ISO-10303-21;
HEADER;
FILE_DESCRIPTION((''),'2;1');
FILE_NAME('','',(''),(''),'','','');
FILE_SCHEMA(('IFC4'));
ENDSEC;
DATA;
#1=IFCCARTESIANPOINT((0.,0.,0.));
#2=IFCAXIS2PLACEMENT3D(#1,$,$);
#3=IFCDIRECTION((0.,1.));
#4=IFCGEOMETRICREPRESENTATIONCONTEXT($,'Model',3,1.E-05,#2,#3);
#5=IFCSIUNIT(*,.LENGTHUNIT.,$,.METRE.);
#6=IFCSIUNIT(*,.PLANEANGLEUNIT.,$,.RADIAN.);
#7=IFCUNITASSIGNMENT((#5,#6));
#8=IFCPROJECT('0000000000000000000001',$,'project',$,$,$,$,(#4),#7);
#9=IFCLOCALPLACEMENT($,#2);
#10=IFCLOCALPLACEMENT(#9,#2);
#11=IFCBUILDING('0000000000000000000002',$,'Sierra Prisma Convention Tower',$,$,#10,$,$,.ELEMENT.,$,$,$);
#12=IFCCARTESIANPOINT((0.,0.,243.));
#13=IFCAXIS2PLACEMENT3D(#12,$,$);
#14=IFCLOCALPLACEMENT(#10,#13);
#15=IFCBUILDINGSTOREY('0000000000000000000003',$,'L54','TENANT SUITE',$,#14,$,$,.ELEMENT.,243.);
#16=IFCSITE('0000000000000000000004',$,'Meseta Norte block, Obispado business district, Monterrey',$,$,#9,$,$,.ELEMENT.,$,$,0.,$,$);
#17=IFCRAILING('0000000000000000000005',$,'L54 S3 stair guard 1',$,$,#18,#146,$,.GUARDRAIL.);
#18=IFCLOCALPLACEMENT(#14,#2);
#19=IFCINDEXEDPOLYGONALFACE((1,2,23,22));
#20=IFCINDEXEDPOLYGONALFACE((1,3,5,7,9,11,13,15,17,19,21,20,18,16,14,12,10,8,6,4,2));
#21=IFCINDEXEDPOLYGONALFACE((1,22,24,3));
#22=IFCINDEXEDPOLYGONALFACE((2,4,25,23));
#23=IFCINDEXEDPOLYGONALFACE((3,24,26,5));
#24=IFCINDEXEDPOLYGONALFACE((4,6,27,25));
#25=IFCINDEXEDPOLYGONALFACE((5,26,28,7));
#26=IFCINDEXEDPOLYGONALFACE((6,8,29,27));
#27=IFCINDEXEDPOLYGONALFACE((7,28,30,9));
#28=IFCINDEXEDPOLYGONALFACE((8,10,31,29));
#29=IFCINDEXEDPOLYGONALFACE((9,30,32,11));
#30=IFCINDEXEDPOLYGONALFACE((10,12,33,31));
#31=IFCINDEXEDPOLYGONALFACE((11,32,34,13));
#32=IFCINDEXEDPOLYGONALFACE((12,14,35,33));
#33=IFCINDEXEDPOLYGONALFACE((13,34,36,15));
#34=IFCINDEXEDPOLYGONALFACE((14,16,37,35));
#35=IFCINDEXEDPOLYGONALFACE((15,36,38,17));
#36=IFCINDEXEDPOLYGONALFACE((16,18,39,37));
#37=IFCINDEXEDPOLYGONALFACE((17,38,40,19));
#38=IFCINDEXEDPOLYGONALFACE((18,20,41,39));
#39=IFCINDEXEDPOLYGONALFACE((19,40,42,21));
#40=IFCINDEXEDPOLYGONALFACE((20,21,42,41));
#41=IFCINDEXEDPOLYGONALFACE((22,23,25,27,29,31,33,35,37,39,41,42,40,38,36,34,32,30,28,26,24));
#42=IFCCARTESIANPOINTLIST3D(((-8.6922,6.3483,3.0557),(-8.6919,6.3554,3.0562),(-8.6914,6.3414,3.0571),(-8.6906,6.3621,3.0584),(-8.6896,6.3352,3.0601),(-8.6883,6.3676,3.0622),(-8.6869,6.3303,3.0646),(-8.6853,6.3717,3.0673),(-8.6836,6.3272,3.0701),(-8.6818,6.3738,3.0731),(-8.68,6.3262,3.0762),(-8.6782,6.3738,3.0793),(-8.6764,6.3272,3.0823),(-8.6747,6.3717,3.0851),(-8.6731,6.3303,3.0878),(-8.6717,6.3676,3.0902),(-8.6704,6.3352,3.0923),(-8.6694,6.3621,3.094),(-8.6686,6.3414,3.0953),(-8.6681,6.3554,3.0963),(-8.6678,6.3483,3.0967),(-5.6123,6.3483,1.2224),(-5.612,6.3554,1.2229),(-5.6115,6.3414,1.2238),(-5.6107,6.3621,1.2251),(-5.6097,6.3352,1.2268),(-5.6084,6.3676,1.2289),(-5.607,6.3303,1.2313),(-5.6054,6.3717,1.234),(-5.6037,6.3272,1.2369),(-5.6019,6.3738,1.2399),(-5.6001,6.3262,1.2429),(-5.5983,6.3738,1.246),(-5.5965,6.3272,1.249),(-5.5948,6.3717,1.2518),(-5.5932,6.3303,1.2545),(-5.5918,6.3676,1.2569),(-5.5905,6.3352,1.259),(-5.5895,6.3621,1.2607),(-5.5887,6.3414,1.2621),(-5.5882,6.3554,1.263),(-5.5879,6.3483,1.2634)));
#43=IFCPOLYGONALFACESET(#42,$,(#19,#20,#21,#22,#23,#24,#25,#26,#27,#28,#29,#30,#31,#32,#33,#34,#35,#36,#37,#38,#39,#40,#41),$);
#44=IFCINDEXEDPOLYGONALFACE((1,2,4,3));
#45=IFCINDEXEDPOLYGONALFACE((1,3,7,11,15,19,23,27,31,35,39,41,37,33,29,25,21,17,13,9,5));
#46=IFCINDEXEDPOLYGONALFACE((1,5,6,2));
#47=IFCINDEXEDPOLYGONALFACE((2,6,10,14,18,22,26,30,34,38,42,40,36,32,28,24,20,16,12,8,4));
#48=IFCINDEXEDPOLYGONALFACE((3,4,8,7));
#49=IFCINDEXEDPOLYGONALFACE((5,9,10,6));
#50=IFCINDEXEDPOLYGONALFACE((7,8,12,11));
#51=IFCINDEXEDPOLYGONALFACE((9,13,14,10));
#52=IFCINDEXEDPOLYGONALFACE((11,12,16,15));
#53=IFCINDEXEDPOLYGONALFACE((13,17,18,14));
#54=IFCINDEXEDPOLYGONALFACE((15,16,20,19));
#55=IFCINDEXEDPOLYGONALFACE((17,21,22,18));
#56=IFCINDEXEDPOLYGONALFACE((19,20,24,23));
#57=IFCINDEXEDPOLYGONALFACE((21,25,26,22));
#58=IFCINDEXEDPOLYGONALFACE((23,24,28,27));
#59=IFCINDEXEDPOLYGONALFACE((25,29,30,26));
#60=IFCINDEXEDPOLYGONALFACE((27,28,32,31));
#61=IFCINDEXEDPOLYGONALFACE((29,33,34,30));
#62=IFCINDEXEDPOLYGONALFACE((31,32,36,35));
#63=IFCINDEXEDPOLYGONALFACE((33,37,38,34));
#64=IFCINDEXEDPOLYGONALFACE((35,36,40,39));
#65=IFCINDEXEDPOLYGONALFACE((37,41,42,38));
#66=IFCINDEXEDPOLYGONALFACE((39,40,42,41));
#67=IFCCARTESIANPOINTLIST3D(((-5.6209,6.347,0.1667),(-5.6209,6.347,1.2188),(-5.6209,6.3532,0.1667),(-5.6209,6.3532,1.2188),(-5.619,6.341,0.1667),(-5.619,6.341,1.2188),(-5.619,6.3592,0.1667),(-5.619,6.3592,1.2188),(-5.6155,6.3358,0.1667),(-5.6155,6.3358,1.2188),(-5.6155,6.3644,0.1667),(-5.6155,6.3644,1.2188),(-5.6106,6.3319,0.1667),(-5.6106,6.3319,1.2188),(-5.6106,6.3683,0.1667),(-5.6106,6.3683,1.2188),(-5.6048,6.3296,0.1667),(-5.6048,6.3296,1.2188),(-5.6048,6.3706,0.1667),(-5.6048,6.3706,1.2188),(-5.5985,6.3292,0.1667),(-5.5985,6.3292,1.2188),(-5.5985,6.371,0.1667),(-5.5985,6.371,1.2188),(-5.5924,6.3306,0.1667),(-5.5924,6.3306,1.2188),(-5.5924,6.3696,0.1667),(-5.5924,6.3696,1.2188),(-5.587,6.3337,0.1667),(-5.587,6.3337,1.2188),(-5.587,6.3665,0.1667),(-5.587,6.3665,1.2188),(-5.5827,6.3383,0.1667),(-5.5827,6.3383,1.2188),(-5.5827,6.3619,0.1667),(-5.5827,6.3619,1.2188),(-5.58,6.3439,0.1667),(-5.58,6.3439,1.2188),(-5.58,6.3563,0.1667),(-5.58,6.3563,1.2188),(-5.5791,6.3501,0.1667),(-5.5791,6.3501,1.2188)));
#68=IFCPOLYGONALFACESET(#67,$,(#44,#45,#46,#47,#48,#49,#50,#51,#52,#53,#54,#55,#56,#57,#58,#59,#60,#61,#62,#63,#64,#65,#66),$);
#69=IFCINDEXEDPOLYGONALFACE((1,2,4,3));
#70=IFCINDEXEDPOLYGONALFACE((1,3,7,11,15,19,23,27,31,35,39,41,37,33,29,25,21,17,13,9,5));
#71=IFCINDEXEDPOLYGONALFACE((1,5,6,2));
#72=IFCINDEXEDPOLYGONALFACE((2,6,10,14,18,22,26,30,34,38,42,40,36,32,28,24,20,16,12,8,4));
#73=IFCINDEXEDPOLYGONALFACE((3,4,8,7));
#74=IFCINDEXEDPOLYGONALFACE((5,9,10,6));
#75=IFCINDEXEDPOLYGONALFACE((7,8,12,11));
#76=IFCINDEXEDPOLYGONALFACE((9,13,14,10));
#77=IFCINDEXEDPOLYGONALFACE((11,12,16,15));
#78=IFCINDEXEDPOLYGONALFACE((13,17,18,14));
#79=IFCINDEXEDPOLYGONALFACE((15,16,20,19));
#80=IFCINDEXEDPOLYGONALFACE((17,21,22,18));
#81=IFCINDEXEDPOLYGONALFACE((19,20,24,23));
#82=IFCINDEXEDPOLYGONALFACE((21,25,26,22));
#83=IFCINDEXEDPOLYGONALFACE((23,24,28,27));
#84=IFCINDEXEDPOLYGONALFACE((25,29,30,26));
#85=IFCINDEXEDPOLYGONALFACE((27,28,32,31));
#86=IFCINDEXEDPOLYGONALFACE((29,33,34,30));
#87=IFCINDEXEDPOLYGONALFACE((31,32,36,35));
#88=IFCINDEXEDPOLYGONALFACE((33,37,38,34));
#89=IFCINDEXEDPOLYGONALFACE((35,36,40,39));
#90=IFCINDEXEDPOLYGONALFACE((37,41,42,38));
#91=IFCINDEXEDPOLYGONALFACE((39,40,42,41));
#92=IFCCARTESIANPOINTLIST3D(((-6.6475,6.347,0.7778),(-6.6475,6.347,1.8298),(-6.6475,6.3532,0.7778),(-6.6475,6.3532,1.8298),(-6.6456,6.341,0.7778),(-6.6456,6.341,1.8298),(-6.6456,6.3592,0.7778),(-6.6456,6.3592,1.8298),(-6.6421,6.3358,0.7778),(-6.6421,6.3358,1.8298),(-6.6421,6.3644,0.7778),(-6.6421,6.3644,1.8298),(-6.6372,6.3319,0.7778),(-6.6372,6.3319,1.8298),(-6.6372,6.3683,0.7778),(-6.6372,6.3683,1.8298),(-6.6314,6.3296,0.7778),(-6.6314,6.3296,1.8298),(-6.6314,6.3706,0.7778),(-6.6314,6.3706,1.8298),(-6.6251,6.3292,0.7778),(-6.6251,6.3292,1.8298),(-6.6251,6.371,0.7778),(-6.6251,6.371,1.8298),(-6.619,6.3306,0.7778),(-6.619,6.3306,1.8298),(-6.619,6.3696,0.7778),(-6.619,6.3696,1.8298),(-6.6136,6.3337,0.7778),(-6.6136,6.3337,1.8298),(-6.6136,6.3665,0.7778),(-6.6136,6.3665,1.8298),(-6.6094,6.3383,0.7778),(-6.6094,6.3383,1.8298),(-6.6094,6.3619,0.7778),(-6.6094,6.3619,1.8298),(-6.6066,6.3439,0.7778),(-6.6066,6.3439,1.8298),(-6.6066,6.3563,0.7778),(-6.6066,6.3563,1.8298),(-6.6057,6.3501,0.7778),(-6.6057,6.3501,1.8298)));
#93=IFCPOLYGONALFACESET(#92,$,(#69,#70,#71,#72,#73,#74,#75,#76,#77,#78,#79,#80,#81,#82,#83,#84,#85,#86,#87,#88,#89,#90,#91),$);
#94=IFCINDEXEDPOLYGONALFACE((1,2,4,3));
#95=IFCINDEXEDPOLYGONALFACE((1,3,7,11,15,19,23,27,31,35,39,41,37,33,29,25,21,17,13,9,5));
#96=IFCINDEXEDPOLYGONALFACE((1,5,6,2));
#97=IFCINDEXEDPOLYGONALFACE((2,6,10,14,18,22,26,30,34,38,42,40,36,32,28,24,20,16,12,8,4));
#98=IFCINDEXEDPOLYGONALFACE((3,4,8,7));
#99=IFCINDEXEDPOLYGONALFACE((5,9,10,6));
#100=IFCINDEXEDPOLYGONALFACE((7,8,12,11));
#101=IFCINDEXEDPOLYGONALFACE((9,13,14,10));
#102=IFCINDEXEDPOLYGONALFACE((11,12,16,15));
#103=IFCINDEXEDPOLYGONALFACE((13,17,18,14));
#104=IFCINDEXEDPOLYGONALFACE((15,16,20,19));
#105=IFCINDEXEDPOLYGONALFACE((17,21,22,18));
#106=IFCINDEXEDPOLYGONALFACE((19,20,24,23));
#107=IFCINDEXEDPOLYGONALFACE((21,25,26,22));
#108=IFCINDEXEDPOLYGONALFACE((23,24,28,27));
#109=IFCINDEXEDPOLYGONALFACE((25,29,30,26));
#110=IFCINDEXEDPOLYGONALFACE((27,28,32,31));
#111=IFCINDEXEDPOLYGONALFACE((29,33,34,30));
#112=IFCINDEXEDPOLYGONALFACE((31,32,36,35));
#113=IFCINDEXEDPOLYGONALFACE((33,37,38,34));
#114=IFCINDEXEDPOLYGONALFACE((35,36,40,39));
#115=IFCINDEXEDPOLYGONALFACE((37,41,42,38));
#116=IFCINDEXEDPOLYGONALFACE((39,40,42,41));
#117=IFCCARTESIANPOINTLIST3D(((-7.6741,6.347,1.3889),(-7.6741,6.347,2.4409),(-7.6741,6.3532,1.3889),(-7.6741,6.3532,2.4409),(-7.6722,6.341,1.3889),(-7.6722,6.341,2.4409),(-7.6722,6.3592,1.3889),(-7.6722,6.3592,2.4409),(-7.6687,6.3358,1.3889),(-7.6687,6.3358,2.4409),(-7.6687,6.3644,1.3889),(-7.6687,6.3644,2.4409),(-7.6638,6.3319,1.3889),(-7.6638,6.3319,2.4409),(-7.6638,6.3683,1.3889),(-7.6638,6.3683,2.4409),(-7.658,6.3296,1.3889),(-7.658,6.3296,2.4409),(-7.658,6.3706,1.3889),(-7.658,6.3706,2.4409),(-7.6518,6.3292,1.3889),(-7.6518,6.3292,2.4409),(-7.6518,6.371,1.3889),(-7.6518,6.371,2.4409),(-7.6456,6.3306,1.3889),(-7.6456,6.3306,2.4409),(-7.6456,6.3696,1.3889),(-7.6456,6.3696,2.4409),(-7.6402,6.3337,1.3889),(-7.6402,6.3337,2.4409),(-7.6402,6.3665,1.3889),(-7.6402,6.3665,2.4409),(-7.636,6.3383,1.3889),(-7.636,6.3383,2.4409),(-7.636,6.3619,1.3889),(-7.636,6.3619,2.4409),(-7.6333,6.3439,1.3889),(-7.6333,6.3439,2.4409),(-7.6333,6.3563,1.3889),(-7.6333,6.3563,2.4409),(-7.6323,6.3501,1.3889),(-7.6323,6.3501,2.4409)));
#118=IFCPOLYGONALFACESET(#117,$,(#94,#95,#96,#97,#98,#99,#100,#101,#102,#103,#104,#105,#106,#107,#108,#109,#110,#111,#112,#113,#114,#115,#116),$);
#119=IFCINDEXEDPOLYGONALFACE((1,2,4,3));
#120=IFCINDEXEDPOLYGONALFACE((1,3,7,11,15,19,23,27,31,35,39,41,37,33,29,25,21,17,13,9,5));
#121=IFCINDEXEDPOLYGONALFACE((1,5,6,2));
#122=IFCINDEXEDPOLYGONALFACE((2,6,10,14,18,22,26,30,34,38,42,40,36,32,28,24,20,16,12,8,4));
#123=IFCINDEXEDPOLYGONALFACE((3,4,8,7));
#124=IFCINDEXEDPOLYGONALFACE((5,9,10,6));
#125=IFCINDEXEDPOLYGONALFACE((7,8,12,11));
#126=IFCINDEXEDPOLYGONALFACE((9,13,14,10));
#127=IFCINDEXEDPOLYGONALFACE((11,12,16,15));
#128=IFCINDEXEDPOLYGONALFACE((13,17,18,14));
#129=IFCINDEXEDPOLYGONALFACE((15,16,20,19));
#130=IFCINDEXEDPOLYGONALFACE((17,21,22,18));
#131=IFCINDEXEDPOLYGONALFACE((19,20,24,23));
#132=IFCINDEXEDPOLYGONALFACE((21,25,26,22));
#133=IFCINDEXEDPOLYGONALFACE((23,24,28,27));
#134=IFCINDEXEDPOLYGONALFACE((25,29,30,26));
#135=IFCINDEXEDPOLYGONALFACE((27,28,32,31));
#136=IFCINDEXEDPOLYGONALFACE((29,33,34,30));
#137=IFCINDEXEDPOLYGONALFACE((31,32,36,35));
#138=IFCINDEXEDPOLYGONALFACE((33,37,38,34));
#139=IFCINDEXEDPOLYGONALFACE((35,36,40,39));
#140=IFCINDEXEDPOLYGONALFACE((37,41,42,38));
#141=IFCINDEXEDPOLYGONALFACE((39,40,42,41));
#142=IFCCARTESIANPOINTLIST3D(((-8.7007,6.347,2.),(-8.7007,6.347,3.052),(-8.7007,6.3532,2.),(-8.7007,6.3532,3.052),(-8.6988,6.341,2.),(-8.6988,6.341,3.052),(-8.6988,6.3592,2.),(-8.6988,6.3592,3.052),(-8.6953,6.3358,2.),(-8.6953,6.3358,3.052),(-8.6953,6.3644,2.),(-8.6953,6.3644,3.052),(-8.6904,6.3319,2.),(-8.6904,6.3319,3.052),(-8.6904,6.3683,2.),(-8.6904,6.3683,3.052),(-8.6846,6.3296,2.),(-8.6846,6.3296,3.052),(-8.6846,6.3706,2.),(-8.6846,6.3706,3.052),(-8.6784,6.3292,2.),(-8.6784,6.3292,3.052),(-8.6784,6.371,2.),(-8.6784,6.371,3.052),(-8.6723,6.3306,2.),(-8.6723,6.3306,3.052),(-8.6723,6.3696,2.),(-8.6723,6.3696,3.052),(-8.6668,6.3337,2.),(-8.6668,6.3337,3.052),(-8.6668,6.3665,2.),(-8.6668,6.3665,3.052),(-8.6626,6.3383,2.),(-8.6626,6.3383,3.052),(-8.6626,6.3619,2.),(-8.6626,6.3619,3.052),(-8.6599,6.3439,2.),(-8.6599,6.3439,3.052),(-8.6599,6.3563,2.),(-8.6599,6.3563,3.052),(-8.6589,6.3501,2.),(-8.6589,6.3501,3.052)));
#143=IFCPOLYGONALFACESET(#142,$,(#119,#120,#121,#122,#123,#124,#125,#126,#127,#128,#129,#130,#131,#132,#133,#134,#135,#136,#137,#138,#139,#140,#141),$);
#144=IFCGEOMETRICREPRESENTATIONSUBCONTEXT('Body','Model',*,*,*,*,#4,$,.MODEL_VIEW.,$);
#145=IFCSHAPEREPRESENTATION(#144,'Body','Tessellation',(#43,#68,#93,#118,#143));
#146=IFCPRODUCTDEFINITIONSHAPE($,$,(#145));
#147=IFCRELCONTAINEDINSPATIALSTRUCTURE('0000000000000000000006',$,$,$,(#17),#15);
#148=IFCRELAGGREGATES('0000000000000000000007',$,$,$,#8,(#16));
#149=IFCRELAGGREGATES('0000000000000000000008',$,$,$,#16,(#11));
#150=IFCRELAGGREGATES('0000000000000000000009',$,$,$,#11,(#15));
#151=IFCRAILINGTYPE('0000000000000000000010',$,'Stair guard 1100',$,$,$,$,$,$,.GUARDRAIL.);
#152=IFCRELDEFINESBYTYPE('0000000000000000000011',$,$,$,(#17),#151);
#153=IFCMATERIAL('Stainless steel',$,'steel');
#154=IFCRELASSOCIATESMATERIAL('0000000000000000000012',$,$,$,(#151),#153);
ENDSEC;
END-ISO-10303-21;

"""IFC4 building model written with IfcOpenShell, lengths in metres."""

from ifc_helpers import new_model, si_unit, direction, frame, origin, origin_2d, place, context, subcontext, project, spatial, circle, extrude, material, type_object, element, save


model = new_model("IFC4")

# Units and contexts
model_context = context("Model", 3, precision=1e-05, world=origin(), true_north=direction((0.0, 1.0)))
body_context = subcontext(model_context, "Body", "Model", "MODEL_VIEW")
ifc_project = project(units=[si_unit("LENGTHUNIT", "METRE"), si_unit("PLANEANGLEUNIT", "RADIAN")], contexts=[model_context])

# Site, building, storey
site_placement = place(None, origin())
site = spatial("IfcSite", under=ifc_project, at=site_placement, Name="Meseta Norte block, Obispado business district, Monterrey", CompositionType="ELEMENT", RefElevation=0.0)
building_placement = place(site_placement, origin())
building = spatial("IfcBuilding", under=site, at=building_placement, Name="Sierra Prisma Convention Tower", CompositionType="ELEMENT")
storey_placement = place(building_placement, frame((0.0, 0.0, 243.0)))
storey = spatial("IfcBuildingStorey", under=building, at=storey_placement, Name="L54", Description="TENANT SUITE", CompositionType="ELEMENT", Elevation=243.0)

# Railing
ifc_material_1 = material(Name="Stainless steel", Category="steel")
railing_type_1 = type_object("IfcRailingType", Name="Stair guard 1100", PredefinedType="GUARDRAIL", material=ifc_material_1)
railing_1_placement = place(storey_placement, frame((-5.6001, 6.3501, 0.1667)))
element("IfcRailing", 1, at=railing_1_placement, inside=storey, type_object=railing_type_1, Name="L54 S3 stair guard 1", PredefinedType="GUARDRAIL", context=body_context, shape_type="SweptSolid", body=[
    extrude(circle(Radius=0.0239, at=origin_2d()), frame((0.0, 0.0, 1.0762), z_axis=(-0.859291, 0.0, 0.511487), x_axis=(0.0, -1.0, 0.0)), (0.0, 0.0, 1.0), 3.5842),
    extrude(circle(Radius=0.021, at=origin_2d()), origin(), (0.0, 0.0, 1.0), 1.052),
    extrude(circle(Radius=0.021, at=origin_2d()), frame((-1.0266, 0.0, 0.6111)), (0.0, 0.0, 1.0), 1.052),
    extrude(circle(Radius=0.021, at=origin_2d()), frame((-2.0532, 0.0, 1.2222)), (0.0, 0.0, 1.0), 1.052),
    extrude(circle(Radius=0.021, at=origin_2d()), frame((-3.0798, 0.0, 1.8333)), (0.0, 0.0, 1.0), 1.052),
])

save(model, "model.ifc")
